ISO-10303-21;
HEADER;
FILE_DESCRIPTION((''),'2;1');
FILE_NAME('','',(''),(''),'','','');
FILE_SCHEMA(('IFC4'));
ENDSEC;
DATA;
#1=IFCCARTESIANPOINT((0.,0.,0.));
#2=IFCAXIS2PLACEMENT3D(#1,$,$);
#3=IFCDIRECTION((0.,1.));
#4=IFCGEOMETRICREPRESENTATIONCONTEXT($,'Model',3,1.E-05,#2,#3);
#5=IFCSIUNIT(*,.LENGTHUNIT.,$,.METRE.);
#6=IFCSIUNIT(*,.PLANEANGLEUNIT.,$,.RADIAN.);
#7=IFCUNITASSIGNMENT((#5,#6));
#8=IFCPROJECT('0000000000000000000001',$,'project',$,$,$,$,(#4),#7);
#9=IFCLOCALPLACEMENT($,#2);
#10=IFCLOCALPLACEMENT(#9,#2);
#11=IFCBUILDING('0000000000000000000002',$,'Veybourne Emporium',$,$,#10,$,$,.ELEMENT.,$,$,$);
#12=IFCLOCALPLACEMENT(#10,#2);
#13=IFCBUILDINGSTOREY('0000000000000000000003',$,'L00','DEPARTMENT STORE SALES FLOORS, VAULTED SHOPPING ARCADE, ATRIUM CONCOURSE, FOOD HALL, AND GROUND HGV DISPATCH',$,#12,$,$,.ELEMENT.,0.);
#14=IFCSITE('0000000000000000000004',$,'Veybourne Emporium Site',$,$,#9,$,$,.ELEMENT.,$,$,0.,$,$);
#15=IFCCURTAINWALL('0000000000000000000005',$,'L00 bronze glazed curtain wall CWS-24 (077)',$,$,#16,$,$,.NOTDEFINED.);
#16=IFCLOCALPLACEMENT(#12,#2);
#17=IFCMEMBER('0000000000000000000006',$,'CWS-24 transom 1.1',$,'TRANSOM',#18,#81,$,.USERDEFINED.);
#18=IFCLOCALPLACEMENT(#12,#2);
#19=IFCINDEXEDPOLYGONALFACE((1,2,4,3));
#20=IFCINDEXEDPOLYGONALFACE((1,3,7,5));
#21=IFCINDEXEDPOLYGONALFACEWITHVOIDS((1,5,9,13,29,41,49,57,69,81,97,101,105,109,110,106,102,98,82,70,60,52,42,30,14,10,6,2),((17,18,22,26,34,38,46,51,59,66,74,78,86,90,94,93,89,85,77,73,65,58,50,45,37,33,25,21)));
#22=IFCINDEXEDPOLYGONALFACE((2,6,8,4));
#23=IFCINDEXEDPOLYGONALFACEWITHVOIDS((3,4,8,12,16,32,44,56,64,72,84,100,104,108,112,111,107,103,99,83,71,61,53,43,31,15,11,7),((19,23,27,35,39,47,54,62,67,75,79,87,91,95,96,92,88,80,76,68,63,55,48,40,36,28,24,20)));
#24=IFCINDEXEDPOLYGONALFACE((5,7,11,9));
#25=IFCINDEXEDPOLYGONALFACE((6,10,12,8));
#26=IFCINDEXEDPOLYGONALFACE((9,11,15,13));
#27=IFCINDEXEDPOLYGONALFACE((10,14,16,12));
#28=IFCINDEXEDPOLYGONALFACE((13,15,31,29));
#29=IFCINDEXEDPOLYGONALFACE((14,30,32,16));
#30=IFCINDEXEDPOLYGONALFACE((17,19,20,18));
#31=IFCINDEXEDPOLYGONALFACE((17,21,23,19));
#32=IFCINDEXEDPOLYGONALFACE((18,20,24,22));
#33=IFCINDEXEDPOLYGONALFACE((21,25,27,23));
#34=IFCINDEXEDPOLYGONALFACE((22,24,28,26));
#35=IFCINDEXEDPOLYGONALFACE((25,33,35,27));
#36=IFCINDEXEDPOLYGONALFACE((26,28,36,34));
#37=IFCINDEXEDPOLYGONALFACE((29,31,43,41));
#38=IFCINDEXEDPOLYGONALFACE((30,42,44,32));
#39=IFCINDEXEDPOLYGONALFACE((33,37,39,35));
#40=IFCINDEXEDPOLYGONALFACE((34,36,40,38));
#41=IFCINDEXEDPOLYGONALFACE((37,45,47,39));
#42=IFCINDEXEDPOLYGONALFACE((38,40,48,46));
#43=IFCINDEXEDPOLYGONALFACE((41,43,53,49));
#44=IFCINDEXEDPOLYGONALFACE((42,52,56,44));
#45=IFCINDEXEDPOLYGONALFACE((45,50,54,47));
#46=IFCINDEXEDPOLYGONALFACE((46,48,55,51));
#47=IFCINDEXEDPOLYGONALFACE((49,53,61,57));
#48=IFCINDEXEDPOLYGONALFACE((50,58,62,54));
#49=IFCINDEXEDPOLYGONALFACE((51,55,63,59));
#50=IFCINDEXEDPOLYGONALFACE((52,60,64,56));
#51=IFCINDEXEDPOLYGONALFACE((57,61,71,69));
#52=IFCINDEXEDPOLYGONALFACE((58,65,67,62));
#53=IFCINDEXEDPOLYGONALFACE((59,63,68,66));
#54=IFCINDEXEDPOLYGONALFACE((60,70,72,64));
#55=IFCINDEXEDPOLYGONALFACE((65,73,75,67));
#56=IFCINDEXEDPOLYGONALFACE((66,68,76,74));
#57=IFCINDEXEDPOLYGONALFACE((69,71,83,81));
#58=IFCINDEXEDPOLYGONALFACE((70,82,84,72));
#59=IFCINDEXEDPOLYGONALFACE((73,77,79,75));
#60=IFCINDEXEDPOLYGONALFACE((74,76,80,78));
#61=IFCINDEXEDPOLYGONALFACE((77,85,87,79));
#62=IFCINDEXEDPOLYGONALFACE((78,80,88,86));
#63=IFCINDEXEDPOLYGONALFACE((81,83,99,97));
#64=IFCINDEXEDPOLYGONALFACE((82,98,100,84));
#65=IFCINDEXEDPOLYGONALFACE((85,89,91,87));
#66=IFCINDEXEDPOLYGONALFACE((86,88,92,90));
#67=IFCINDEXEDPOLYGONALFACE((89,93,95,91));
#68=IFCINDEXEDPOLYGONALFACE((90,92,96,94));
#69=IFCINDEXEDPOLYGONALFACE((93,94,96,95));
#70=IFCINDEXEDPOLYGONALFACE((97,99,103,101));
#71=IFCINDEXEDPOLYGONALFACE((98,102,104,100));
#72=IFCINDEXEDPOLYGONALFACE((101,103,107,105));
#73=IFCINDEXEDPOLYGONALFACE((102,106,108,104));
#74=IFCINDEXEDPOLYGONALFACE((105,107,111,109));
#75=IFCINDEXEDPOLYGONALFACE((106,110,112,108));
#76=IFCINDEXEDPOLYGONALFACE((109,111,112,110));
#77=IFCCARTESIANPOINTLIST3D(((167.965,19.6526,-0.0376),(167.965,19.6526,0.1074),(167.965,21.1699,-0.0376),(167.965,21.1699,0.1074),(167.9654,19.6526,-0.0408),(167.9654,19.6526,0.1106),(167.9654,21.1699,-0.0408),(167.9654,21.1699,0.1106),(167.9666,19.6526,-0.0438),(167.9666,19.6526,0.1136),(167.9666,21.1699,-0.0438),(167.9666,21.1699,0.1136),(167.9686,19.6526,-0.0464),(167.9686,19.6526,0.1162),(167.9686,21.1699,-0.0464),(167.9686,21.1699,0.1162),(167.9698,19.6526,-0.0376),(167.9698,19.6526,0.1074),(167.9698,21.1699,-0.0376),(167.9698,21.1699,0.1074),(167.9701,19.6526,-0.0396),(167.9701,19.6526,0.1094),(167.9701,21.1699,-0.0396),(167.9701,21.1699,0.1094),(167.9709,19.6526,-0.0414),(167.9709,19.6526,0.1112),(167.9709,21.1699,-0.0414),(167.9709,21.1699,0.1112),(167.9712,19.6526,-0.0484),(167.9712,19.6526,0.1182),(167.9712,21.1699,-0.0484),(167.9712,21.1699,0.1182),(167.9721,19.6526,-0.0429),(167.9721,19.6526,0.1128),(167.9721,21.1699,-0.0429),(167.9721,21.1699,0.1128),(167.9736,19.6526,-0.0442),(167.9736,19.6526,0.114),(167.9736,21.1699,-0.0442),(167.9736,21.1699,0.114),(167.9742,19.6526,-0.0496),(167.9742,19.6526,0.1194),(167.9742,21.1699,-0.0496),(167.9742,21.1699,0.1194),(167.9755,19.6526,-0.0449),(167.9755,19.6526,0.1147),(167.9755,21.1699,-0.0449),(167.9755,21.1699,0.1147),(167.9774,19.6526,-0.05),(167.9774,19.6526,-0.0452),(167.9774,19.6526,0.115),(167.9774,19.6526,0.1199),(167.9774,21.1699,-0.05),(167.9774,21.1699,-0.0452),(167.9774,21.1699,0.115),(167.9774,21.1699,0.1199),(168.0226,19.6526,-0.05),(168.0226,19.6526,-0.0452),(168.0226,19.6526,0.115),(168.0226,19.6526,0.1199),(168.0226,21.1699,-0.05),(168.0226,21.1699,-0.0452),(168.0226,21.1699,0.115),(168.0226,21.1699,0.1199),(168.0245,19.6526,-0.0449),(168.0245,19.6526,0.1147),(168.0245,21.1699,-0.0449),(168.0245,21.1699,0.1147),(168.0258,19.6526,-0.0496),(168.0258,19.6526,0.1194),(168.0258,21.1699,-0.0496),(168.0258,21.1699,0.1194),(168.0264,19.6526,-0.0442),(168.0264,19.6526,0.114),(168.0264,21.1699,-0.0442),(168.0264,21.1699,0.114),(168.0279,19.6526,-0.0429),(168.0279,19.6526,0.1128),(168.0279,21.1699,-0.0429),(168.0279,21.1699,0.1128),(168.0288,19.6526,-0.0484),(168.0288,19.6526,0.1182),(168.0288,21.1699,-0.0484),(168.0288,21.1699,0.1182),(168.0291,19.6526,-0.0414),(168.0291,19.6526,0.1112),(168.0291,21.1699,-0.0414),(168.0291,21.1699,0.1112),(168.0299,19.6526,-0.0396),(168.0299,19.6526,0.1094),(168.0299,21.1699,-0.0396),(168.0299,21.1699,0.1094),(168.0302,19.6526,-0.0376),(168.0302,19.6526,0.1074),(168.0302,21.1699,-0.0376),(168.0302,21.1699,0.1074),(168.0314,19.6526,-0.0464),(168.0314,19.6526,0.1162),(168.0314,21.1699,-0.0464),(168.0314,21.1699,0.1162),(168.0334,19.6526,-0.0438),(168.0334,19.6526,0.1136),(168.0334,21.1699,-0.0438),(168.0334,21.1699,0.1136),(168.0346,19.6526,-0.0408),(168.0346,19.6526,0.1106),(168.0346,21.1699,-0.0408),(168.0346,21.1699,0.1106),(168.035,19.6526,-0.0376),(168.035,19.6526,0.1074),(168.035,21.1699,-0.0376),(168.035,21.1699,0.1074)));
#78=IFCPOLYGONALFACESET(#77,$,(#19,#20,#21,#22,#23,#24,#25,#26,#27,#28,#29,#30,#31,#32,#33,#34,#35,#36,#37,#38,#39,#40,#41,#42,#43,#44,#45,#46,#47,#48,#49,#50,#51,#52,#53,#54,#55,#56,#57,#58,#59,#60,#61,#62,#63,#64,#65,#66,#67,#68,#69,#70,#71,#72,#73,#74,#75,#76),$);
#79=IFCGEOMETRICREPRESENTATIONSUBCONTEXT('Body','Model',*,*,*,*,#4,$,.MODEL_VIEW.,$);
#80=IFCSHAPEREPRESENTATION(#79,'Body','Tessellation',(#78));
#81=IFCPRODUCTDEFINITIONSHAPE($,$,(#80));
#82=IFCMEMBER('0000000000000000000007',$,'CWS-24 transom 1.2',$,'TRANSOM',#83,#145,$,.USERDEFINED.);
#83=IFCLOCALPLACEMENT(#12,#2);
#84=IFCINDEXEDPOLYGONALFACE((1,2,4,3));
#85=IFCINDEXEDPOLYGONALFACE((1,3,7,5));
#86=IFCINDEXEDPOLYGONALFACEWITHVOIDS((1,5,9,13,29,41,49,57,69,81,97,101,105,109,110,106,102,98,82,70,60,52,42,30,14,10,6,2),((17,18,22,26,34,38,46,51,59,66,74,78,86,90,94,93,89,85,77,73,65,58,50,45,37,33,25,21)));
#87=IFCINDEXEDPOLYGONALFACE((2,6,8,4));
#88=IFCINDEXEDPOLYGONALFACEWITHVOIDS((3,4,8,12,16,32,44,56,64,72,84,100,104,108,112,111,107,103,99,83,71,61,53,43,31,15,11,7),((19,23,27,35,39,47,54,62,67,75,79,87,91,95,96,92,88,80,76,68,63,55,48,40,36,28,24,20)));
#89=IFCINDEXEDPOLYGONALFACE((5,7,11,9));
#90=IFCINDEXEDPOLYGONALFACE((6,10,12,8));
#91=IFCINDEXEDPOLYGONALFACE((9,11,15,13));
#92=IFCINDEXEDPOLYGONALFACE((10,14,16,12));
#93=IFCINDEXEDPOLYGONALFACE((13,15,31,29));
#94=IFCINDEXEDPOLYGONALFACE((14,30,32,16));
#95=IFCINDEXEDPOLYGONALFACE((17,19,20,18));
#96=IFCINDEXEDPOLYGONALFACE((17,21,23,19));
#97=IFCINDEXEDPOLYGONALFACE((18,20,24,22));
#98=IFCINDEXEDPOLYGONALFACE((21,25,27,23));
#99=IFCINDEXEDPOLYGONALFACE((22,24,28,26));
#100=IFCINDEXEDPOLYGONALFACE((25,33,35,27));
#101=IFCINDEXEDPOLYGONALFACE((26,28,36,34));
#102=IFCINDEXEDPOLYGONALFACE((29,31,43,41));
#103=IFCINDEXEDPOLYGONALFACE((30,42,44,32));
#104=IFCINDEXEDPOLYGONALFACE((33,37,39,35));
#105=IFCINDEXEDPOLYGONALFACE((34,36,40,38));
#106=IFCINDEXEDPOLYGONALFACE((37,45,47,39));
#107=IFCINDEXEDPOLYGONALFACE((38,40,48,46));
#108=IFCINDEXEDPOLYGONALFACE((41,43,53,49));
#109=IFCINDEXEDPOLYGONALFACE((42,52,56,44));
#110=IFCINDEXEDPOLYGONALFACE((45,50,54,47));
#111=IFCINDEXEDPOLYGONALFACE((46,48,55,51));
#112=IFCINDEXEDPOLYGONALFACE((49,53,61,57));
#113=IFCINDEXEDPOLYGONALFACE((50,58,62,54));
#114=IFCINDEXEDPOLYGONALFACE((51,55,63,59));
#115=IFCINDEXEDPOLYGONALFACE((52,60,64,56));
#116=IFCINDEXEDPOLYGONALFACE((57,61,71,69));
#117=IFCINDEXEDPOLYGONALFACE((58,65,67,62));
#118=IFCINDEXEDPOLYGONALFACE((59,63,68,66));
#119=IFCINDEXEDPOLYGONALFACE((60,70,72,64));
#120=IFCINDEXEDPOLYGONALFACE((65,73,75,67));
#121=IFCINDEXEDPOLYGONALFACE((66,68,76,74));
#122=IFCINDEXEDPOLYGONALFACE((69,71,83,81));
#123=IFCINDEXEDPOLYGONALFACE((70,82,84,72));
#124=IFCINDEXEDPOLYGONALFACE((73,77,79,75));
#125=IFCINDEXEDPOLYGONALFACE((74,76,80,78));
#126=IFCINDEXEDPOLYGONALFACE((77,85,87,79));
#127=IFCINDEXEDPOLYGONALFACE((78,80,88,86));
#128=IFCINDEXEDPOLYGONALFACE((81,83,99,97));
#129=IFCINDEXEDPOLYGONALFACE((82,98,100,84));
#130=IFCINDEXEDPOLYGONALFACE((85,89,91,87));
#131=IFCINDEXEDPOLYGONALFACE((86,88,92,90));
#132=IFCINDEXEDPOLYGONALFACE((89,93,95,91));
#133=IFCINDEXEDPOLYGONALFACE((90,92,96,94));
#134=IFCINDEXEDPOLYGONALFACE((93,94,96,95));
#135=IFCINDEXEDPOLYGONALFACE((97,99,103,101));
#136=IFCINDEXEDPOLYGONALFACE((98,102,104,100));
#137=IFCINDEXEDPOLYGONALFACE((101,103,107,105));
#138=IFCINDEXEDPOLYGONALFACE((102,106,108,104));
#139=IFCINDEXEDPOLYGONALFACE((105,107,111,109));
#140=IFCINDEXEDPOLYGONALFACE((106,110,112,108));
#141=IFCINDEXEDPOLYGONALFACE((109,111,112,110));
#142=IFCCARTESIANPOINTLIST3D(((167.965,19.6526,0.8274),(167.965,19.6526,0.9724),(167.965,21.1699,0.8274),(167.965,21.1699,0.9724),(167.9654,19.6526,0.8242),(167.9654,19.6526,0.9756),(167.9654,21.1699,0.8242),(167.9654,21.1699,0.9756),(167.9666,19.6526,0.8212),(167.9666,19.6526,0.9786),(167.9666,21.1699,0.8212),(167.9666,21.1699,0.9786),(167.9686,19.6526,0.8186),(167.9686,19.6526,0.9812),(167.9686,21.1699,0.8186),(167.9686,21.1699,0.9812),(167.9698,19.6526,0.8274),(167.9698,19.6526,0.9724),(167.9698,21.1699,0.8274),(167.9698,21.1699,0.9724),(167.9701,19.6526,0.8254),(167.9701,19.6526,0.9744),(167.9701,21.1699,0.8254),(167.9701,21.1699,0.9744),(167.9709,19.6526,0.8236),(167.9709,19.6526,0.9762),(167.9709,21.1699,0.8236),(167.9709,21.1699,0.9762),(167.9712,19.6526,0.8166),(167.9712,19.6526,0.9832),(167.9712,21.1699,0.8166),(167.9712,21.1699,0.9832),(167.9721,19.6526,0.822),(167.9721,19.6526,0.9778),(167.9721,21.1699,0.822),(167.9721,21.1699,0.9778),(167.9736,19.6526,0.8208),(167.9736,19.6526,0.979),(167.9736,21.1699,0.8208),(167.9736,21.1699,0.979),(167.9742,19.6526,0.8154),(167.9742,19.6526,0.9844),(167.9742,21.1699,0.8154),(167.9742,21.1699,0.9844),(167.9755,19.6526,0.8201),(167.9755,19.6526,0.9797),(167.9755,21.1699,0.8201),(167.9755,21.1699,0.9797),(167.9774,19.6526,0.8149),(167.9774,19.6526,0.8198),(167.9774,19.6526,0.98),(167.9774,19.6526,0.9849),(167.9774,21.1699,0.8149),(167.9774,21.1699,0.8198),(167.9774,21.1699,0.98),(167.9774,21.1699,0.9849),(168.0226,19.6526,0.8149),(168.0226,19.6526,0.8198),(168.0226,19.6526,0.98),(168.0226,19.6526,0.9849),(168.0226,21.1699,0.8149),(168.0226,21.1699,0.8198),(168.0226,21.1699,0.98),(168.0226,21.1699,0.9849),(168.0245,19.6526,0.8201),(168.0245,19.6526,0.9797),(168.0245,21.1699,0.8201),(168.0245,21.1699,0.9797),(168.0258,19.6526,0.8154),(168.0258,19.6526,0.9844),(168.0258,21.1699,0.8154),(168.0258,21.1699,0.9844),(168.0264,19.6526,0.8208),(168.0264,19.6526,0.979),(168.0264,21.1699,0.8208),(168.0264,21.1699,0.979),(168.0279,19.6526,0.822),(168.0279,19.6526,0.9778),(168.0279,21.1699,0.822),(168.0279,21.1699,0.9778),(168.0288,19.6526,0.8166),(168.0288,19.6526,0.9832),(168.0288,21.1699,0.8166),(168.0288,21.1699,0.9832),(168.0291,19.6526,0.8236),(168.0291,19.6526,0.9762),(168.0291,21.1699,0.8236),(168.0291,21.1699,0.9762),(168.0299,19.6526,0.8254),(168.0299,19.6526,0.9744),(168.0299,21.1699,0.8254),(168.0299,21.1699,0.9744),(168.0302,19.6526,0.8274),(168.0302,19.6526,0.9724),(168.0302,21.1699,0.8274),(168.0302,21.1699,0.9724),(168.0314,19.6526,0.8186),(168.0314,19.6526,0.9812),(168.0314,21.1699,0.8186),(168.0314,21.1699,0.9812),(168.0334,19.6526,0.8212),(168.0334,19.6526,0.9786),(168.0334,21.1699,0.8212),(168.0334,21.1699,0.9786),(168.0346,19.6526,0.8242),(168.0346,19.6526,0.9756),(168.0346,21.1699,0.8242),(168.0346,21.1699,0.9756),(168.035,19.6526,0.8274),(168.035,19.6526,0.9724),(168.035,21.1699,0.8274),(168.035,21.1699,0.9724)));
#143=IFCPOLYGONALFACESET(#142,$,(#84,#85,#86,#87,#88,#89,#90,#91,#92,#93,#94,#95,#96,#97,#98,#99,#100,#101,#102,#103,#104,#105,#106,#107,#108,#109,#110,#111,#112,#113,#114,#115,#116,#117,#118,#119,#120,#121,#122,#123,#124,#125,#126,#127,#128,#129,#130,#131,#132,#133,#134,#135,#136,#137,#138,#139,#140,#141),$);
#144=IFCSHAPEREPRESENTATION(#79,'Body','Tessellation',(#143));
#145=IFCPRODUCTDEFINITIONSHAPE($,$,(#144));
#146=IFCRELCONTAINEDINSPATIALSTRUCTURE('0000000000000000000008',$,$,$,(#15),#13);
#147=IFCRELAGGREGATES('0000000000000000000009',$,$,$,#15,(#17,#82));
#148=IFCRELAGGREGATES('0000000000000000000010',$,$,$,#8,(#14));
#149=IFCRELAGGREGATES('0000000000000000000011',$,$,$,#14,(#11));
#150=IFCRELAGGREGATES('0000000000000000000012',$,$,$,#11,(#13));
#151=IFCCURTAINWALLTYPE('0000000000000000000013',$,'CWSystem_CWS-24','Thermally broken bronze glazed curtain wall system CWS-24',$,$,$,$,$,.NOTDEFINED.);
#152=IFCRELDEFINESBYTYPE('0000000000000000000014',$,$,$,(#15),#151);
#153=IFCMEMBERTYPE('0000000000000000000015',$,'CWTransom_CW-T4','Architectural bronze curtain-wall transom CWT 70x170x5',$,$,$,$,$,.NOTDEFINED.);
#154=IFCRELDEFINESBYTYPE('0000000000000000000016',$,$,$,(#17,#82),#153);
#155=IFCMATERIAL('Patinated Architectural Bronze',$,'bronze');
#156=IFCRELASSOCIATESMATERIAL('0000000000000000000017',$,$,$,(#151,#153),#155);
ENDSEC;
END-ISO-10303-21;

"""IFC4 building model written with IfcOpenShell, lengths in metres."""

from ifc_helpers import new_model, si_unit, direction, frame, origin, origin_2d, place, context, subcontext, project, spatial, hollow_rectangle, extrude, material, material_profile, profile_set, type_object, element, aggregate, save


model = new_model("IFC4")

# Units and contexts
model_context = context("Model", 3, precision=1e-05, world=origin(), true_north=direction((0.0, 1.0)))
body_context = subcontext(model_context, "Body", "Model", "MODEL_VIEW")
ifc_project = project(units=[si_unit("LENGTHUNIT", "METRE"), si_unit("PLANEANGLEUNIT", "RADIAN")], contexts=[model_context])

# Site, building, storey
site_placement = place(None, origin())
site = spatial("IfcSite", under=ifc_project, at=site_placement, Name="Veybourne Emporium Site", CompositionType="ELEMENT", RefElevation=0.0)
building_placement = place(site_placement, origin())
building = spatial("IfcBuilding", under=site, at=building_placement, Name="Veybourne Emporium", CompositionType="ELEMENT")
storey_placement = place(building_placement, origin())
storey = spatial("IfcBuildingStorey", under=building, at=storey_placement, Name="L00", Description="DEPARTMENT STORE SALES FLOORS, VAULTED SHOPPING ARCADE, ATRIUM CONCOURSE, FOOD HALL, AND GROUND HGV DISPATCH", CompositionType="ELEMENT", Elevation=0.0)

# Curtain wall
ifc_material_1 = material(Name="Patinated Architectural Bronze", Category="bronze")
curtain_wall_type_1 = type_object("IfcCurtainWallType", Name="CWSystem_CWS-24", Description="Thermally broken bronze glazed curtain wall system CWS-24", PredefinedType="NOTDEFINED", material=ifc_material_1)
curtain_wall_1_placement = place(storey_placement, origin())
curtain_wall_1 = element("IfcCurtainWall", 1, at=curtain_wall_1_placement, inside=storey, type_object=curtain_wall_type_1, Name="L00 bronze glazed curtain wall CWS-24 (077)", PredefinedType="NOTDEFINED")

# Members
ifc_material_profile_1 = material_profile(ifc_material_1, hollow_rectangle(XDim=0.0701, YDim=0.1699, WallThickness=0.0049, InnerFilletRadius=0.0076, OuterFilletRadius=0.0125, at=origin_2d()), Name="CWT 70x170x5")
ifc_profile_set_1 = profile_set([ifc_material_profile_1], Name="Patinated Architectural Bronze")
member_type_1 = type_object("IfcMemberType", Name="CWTransom_CW-T4", Description="Architectural bronze curtain-wall transom CWT 70x170x5", PredefinedType="NOTDEFINED", material=ifc_profile_set_1)
member_1_placement = place(storey_placement, frame((168.0, 21.1699, 0.0349), z_axis=(0.0, -1.0, 0.0), x_axis=(1.0, 0.0, 0.0)))
member_1 = element("IfcMember", 2, at=member_1_placement, type_object=member_type_1, Name="CWS-24 transom 1.1", ObjectType="TRANSOM", PredefinedType="USERDEFINED", context=body_context, shape_type="SweptSolid", body=[
    extrude(hollow_rectangle(XDim=0.0701, YDim=0.1699, WallThickness=0.0049, InnerFilletRadius=0.0076, OuterFilletRadius=0.0125, at=origin_2d()), origin(), (0.0, 0.0, 1.0), 1.5173),
])
member_2_placement = place(storey_placement, frame((168.0, 21.1699, 0.8999), z_axis=(0.0, -1.0, 0.0), x_axis=(1.0, 0.0, 0.0)))
member_2 = element("IfcMember", 3, at=member_2_placement, type_object=member_type_1, Name="CWS-24 transom 1.2", ObjectType="TRANSOM", PredefinedType="USERDEFINED", context=body_context, shape_type="SweptSolid", body=[
    extrude(hollow_rectangle(XDim=0.0701, YDim=0.1699, WallThickness=0.0049, InnerFilletRadius=0.0076, OuterFilletRadius=0.0125, at=origin_2d()), origin(), (0.0, 0.0, 1.0), 1.5173),
])

aggregate(curtain_wall_1, [member_1, member_2])

save(model, "model.ifc")
